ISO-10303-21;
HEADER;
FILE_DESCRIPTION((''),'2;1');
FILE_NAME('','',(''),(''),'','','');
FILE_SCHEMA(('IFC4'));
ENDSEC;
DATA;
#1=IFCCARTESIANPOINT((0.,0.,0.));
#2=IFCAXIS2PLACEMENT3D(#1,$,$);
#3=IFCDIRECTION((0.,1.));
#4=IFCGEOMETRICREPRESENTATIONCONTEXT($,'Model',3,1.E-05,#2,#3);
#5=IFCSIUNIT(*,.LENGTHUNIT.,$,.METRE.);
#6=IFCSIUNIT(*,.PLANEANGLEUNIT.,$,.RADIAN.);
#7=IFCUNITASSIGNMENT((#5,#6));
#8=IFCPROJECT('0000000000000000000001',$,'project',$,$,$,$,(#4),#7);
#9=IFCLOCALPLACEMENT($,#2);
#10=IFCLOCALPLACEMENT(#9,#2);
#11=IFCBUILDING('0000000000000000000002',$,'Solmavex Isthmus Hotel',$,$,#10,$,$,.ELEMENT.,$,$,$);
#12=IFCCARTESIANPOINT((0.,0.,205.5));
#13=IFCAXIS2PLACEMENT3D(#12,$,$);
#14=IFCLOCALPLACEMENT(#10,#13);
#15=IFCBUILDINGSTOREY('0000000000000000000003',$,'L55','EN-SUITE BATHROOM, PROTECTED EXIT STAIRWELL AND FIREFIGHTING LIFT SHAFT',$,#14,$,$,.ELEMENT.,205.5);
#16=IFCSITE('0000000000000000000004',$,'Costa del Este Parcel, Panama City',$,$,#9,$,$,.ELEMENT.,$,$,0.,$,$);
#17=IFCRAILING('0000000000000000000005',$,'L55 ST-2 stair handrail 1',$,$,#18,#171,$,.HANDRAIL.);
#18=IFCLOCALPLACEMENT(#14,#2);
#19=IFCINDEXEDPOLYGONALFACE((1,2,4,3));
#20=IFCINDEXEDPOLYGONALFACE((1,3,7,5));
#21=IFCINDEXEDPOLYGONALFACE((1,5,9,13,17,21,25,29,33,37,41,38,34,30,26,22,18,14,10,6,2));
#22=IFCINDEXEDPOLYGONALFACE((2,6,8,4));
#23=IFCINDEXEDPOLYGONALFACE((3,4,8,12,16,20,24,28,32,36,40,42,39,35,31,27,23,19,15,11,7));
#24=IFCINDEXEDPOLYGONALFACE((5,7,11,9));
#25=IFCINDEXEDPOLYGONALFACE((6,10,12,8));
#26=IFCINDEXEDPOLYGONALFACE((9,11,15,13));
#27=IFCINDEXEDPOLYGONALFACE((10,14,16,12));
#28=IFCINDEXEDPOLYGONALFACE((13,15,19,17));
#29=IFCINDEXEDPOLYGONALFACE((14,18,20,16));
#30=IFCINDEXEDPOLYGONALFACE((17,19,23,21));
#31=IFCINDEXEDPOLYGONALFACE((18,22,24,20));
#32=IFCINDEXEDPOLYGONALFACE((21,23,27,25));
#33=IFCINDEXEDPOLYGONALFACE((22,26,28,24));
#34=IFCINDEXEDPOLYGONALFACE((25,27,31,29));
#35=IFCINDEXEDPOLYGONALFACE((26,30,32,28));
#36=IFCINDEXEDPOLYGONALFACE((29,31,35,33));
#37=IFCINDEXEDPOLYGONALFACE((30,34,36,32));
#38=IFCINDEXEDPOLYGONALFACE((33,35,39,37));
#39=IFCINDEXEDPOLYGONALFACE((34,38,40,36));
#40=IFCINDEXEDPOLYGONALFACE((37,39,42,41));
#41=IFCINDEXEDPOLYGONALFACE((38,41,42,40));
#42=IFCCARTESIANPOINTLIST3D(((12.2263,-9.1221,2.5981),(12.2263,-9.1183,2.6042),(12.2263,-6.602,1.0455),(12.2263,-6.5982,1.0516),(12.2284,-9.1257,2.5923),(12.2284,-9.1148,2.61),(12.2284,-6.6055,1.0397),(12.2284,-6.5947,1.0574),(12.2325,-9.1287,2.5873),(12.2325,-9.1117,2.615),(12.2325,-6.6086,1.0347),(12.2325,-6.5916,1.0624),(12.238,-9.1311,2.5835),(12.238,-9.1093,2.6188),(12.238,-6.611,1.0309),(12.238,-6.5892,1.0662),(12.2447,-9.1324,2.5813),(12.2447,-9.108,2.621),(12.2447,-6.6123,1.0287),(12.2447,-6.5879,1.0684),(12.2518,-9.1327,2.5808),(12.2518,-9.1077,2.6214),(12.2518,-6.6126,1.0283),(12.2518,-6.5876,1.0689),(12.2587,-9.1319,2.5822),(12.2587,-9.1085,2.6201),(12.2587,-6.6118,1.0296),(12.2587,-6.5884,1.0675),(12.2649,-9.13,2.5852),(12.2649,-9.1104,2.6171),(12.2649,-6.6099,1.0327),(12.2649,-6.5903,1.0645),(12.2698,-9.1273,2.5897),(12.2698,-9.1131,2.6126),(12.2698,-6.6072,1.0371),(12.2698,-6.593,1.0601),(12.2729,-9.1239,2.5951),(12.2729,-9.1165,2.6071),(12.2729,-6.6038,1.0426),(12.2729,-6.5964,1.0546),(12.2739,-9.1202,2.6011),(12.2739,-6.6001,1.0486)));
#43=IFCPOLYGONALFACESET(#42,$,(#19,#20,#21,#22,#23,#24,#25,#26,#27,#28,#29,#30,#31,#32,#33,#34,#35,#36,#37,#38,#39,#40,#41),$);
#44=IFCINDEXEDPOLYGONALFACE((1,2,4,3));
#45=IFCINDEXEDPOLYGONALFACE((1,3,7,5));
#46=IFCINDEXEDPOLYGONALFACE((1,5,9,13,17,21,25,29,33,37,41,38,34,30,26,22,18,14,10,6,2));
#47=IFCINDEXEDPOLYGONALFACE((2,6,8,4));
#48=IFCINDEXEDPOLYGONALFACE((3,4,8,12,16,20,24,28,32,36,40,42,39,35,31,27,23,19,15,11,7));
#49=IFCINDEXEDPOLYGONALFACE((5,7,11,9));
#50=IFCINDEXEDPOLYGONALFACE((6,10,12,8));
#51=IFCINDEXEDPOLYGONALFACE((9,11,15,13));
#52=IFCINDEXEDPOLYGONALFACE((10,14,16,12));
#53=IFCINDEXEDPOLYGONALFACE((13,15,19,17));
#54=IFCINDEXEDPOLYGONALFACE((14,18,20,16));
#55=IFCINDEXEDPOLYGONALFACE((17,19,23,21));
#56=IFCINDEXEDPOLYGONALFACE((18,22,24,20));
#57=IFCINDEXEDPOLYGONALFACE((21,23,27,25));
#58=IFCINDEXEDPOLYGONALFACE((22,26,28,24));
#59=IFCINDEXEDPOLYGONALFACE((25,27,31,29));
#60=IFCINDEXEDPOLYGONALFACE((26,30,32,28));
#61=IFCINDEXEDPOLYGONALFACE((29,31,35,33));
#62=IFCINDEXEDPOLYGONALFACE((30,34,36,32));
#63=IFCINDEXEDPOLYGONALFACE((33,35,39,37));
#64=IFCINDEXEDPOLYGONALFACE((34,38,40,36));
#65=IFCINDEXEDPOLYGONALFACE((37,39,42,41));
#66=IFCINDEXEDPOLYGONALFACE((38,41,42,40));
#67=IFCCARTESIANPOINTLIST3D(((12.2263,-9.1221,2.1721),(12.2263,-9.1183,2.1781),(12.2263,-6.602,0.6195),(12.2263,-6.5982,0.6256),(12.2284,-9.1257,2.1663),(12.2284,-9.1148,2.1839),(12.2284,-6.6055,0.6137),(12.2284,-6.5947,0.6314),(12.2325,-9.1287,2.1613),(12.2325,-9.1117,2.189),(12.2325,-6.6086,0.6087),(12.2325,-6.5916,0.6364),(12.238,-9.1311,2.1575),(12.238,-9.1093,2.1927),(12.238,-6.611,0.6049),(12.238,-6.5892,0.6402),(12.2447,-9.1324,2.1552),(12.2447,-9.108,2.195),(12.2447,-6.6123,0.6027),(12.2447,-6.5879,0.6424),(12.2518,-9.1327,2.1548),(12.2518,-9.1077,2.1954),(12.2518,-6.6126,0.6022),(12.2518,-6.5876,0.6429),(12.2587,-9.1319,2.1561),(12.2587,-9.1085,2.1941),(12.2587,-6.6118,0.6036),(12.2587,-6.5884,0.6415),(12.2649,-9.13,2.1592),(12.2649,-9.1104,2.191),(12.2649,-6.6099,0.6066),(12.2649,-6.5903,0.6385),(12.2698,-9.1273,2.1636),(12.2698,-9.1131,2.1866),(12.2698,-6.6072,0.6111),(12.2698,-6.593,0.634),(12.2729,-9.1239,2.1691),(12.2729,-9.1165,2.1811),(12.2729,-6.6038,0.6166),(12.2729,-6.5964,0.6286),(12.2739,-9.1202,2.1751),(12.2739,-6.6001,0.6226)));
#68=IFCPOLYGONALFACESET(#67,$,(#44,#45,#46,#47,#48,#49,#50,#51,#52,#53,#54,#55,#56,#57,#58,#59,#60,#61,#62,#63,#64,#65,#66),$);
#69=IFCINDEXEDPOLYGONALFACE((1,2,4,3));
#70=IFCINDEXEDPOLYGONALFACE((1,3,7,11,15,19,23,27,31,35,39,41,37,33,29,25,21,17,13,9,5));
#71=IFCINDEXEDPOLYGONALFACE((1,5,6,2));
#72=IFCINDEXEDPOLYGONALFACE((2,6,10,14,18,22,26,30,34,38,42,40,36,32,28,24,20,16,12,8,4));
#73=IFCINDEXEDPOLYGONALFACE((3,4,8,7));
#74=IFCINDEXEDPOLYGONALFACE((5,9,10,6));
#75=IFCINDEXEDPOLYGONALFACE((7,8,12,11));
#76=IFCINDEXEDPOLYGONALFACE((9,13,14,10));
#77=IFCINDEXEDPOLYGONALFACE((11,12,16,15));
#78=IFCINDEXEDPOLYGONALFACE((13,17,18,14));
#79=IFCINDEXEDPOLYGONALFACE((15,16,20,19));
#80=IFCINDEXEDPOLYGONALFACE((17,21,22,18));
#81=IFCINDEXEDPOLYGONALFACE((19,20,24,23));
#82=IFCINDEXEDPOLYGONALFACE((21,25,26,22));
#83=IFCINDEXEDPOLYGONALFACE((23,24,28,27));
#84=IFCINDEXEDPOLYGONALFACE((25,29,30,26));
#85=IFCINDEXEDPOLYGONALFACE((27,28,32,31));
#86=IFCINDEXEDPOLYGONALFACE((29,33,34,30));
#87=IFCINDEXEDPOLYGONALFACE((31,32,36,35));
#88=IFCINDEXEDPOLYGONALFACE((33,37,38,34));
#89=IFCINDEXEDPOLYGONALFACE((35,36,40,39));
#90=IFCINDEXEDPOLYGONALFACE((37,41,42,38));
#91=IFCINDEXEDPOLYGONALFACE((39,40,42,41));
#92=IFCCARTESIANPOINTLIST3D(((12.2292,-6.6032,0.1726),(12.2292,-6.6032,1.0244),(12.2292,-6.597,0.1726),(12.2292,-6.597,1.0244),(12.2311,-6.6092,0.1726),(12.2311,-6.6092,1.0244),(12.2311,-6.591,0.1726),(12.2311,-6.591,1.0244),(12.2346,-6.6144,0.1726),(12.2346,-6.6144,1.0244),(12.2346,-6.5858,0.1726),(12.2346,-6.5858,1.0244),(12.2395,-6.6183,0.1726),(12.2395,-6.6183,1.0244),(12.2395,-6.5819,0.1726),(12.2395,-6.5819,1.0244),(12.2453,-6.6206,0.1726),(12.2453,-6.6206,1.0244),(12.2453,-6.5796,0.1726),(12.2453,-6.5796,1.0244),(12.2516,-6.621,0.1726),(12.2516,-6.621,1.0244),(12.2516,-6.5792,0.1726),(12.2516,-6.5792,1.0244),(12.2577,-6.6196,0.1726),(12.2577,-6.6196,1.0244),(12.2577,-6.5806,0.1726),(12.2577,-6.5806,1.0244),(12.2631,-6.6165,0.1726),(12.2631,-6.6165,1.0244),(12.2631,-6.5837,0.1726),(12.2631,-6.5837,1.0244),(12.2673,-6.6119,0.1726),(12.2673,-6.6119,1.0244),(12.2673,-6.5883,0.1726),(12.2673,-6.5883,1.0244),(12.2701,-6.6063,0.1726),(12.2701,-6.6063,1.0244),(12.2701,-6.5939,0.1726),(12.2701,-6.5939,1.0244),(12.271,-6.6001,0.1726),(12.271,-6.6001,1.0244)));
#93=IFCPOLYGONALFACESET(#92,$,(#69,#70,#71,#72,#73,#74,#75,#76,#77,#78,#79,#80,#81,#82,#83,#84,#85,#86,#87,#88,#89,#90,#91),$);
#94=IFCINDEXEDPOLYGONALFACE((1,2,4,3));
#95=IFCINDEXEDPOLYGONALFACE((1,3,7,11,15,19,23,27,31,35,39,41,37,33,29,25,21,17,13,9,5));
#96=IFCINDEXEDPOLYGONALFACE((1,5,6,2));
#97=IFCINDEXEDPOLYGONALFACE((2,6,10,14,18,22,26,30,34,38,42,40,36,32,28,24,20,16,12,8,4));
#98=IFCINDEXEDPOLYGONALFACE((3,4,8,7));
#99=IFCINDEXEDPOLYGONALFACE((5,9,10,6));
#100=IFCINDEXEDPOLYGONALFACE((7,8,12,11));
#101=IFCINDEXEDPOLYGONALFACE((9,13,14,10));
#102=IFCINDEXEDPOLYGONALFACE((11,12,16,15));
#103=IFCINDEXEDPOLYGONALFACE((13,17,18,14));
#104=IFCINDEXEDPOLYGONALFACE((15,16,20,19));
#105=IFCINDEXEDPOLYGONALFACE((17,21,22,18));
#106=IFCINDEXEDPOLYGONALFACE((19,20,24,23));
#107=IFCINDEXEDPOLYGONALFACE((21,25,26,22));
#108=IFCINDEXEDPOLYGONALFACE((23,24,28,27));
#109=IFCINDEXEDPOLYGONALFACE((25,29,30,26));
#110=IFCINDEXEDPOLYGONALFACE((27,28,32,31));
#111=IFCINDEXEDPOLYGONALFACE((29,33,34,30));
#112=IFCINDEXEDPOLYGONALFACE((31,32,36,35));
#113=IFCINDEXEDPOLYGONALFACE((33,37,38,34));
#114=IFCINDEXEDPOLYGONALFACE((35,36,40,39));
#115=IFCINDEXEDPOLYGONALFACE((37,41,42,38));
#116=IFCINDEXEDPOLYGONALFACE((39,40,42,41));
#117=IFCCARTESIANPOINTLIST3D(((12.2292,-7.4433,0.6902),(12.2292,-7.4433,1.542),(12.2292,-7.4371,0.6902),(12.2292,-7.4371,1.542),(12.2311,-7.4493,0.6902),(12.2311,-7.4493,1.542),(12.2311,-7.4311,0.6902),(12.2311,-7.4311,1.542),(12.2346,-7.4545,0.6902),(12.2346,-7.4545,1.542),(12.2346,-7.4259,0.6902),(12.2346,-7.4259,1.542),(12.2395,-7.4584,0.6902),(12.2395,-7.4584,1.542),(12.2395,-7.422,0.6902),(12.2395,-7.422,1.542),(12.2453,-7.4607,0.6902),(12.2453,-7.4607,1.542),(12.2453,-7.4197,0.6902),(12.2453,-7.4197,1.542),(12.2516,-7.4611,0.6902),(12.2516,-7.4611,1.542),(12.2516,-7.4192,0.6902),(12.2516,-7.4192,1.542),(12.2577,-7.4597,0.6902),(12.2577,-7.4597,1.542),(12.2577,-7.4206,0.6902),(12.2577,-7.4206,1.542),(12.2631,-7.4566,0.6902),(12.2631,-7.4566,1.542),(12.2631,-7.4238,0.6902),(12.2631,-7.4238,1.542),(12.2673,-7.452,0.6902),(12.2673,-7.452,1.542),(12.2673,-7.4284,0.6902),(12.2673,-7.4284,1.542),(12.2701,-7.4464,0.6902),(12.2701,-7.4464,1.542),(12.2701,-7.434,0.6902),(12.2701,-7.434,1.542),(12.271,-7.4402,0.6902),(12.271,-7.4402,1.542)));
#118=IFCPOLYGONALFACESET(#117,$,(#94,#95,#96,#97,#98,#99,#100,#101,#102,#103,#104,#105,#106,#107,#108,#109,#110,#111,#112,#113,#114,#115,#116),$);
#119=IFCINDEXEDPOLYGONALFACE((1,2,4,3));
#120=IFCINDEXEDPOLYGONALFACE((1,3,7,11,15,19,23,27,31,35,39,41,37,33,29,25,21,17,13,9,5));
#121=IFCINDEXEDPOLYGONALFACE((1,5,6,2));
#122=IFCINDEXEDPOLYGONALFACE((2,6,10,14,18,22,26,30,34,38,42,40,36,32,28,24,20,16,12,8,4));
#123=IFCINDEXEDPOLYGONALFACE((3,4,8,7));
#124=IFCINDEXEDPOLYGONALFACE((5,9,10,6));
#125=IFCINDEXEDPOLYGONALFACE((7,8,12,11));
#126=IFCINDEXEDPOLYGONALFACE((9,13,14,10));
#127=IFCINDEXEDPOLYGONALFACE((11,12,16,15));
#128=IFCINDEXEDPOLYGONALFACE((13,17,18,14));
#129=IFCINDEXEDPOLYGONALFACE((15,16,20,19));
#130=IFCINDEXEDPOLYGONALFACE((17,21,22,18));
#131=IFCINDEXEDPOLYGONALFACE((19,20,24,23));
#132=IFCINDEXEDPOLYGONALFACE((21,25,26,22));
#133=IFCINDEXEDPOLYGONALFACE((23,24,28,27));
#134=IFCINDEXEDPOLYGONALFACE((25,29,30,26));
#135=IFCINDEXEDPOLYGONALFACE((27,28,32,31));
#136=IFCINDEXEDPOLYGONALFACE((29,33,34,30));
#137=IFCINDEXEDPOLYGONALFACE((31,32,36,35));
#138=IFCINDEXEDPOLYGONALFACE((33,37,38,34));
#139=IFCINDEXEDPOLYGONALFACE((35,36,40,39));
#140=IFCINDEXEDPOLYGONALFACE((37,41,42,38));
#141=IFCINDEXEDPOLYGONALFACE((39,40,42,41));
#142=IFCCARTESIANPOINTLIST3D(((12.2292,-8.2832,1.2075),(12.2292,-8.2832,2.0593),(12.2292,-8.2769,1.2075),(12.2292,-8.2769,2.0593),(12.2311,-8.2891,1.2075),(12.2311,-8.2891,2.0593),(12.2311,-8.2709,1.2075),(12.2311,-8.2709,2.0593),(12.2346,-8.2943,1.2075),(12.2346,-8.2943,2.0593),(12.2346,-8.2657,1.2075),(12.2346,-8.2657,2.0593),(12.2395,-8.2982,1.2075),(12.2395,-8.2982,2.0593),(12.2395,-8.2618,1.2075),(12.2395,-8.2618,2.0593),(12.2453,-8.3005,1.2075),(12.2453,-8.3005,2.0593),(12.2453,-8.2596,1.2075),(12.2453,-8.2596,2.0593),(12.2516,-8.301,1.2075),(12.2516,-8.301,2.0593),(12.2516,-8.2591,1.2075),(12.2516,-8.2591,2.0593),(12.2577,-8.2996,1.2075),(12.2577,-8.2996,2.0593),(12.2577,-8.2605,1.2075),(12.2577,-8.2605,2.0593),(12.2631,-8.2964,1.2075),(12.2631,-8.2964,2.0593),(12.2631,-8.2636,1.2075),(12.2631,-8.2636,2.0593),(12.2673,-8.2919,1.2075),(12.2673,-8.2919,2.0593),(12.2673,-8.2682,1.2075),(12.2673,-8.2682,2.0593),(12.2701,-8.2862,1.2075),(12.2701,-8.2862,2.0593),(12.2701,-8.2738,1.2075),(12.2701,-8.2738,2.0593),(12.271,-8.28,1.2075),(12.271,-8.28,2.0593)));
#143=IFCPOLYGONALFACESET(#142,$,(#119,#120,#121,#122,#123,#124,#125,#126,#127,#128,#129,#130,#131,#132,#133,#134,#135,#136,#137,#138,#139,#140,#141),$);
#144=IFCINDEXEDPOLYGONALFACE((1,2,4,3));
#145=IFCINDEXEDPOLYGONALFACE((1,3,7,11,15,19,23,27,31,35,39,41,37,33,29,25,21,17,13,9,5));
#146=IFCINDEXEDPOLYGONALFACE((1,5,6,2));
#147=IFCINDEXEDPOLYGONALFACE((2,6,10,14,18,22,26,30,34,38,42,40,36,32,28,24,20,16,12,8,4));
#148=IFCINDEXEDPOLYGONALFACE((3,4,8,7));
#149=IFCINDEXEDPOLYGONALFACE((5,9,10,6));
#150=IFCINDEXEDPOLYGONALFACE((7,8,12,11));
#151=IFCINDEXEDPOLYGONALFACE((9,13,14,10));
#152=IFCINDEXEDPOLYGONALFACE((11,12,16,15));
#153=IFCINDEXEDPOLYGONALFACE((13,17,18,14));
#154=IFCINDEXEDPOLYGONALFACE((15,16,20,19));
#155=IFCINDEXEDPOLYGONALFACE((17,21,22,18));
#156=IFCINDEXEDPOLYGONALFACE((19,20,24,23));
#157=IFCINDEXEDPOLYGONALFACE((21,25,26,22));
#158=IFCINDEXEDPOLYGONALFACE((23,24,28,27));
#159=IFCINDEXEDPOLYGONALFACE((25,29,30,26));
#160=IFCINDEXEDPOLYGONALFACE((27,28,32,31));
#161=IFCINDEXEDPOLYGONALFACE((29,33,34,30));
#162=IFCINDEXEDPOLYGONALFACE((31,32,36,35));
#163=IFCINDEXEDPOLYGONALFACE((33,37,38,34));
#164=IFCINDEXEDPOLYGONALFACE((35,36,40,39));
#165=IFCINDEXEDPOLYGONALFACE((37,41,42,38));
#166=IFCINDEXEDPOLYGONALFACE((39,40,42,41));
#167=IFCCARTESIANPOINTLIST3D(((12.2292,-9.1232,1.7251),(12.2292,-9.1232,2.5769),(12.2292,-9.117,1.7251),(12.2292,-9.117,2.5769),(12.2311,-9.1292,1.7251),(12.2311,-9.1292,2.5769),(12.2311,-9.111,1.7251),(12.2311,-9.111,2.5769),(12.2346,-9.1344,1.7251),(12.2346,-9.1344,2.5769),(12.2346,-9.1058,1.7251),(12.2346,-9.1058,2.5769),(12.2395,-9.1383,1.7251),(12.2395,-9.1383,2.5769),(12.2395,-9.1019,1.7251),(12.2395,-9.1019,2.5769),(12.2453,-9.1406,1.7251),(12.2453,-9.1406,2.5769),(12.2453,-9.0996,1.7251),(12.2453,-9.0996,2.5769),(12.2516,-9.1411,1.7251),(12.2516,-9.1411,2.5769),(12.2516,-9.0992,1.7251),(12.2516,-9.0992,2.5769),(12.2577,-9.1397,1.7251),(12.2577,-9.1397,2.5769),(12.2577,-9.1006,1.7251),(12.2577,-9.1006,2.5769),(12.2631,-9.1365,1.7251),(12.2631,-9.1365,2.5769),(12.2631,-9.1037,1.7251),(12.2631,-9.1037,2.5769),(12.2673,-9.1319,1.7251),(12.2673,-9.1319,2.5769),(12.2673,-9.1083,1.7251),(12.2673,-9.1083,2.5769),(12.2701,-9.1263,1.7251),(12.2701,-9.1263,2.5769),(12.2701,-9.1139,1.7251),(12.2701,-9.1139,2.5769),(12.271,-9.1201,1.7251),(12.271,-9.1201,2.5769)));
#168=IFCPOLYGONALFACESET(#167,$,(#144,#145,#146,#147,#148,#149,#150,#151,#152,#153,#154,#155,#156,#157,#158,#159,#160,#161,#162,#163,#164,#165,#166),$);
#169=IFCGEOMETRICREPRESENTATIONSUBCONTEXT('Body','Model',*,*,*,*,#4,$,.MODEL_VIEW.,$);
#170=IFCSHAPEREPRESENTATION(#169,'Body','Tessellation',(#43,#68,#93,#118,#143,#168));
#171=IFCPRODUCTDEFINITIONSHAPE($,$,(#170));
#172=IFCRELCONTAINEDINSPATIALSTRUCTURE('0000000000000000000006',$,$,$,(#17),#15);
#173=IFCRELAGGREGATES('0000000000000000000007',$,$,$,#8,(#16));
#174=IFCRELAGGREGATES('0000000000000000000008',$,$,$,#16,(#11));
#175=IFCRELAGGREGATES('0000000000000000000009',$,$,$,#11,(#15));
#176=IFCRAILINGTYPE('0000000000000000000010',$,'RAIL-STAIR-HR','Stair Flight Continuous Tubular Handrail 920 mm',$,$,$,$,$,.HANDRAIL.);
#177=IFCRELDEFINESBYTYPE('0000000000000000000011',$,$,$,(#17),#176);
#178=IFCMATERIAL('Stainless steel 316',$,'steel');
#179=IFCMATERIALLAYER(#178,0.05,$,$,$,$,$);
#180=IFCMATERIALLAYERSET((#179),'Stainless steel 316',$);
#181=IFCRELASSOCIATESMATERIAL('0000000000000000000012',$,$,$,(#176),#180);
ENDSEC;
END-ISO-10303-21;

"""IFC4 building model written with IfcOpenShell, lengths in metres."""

from ifc_helpers import new_model, si_unit, direction, frame, origin, origin_2d, place, context, subcontext, project, spatial, circle, extrude, material, layer, layer_set, type_object, element, save


model = new_model("IFC4")

# Units and contexts
model_context = context("Model", 3, precision=1e-05, world=origin(), true_north=direction((0.0, 1.0)))
body_context = subcontext(model_context, "Body", "Model", "MODEL_VIEW")
ifc_project = project(units=[si_unit("LENGTHUNIT", "METRE"), si_unit("PLANEANGLEUNIT", "RADIAN")], contexts=[model_context])

# Site, building, storey
site_placement = place(None, origin())
site = spatial("IfcSite", under=ifc_project, at=site_placement, Name="Costa del Este Parcel, Panama City", CompositionType="ELEMENT", RefElevation=0.0)
building_placement = place(site_placement, origin())
building = spatial("IfcBuilding", under=site, at=building_placement, Name="Solmavex Isthmus Hotel", CompositionType="ELEMENT")
storey_placement = place(building_placement, frame((0.0, 0.0, 205.5)))
storey = spatial("IfcBuildingStorey", under=building, at=storey_placement, Name="L55", Description="EN-SUITE BATHROOM, PROTECTED EXIT STAIRWELL AND FIREFIGHTING LIFT SHAFT", CompositionType="ELEMENT", Elevation=205.5)

# Shared definitions
ifc_material_1 = material(Name="Stainless steel 316", Category="steel")

# Railing
ifc_layer_1 = layer(ifc_material_1, 0.05)
ifc_layer_set_1 = layer_set([ifc_layer_1], Name="Stainless steel 316")
railing_type = type_object("IfcRailingType", Name="RAIL-STAIR-HR", Description="Stair Flight Continuous Tubular Handrail 920 mm", PredefinedType="HANDRAIL", material=ifc_layer_set_1)
railing_placement = place(storey_placement, frame((12.25, -6.6001, 0.1726)))
element("IfcRailing", 1, at=railing_placement, inside=storey, type_object=railing_type, Name="L55 ST-2 stair handrail 1", PredefinedType="HANDRAIL", context=body_context, shape_type="SweptSolid", body=[
    extrude(circle(Radius=0.0239, at=origin_2d()), frame((0.0, 0.0, 0.876), z_axis=(0.0, -0.8514, 0.524516), x_axis=(1.0, 0.0, 0.0)), (0.0, 0.0, 1.0), 2.96),
    extrude(circle(Radius=0.0239, at=origin_2d()), frame((0.0, 0.0, 0.45), z_axis=(0.0, -0.8514, 0.524516), x_axis=(1.0, 0.0, 0.0)), (0.0, 0.0, 1.0), 2.96),
    extrude(circle(Radius=0.021, at=origin_2d()), origin(), (0.0, 0.0, 1.0), 0.8518),
    extrude(circle(Radius=0.021, at=origin_2d()), frame((0.0, -0.8401, 0.5176)), (0.0, 0.0, 1.0), 0.8518),
    extrude(circle(Radius=0.021, at=origin_2d()), frame((0.0, -1.6799, 1.0349)), (0.0, 0.0, 1.0), 0.8518),
    extrude(circle(Radius=0.021, at=origin_2d()), frame((0.0, -2.52, 1.5525)), (0.0, 0.0, 1.0), 0.8518),
])

save(model, "model.ifc")
